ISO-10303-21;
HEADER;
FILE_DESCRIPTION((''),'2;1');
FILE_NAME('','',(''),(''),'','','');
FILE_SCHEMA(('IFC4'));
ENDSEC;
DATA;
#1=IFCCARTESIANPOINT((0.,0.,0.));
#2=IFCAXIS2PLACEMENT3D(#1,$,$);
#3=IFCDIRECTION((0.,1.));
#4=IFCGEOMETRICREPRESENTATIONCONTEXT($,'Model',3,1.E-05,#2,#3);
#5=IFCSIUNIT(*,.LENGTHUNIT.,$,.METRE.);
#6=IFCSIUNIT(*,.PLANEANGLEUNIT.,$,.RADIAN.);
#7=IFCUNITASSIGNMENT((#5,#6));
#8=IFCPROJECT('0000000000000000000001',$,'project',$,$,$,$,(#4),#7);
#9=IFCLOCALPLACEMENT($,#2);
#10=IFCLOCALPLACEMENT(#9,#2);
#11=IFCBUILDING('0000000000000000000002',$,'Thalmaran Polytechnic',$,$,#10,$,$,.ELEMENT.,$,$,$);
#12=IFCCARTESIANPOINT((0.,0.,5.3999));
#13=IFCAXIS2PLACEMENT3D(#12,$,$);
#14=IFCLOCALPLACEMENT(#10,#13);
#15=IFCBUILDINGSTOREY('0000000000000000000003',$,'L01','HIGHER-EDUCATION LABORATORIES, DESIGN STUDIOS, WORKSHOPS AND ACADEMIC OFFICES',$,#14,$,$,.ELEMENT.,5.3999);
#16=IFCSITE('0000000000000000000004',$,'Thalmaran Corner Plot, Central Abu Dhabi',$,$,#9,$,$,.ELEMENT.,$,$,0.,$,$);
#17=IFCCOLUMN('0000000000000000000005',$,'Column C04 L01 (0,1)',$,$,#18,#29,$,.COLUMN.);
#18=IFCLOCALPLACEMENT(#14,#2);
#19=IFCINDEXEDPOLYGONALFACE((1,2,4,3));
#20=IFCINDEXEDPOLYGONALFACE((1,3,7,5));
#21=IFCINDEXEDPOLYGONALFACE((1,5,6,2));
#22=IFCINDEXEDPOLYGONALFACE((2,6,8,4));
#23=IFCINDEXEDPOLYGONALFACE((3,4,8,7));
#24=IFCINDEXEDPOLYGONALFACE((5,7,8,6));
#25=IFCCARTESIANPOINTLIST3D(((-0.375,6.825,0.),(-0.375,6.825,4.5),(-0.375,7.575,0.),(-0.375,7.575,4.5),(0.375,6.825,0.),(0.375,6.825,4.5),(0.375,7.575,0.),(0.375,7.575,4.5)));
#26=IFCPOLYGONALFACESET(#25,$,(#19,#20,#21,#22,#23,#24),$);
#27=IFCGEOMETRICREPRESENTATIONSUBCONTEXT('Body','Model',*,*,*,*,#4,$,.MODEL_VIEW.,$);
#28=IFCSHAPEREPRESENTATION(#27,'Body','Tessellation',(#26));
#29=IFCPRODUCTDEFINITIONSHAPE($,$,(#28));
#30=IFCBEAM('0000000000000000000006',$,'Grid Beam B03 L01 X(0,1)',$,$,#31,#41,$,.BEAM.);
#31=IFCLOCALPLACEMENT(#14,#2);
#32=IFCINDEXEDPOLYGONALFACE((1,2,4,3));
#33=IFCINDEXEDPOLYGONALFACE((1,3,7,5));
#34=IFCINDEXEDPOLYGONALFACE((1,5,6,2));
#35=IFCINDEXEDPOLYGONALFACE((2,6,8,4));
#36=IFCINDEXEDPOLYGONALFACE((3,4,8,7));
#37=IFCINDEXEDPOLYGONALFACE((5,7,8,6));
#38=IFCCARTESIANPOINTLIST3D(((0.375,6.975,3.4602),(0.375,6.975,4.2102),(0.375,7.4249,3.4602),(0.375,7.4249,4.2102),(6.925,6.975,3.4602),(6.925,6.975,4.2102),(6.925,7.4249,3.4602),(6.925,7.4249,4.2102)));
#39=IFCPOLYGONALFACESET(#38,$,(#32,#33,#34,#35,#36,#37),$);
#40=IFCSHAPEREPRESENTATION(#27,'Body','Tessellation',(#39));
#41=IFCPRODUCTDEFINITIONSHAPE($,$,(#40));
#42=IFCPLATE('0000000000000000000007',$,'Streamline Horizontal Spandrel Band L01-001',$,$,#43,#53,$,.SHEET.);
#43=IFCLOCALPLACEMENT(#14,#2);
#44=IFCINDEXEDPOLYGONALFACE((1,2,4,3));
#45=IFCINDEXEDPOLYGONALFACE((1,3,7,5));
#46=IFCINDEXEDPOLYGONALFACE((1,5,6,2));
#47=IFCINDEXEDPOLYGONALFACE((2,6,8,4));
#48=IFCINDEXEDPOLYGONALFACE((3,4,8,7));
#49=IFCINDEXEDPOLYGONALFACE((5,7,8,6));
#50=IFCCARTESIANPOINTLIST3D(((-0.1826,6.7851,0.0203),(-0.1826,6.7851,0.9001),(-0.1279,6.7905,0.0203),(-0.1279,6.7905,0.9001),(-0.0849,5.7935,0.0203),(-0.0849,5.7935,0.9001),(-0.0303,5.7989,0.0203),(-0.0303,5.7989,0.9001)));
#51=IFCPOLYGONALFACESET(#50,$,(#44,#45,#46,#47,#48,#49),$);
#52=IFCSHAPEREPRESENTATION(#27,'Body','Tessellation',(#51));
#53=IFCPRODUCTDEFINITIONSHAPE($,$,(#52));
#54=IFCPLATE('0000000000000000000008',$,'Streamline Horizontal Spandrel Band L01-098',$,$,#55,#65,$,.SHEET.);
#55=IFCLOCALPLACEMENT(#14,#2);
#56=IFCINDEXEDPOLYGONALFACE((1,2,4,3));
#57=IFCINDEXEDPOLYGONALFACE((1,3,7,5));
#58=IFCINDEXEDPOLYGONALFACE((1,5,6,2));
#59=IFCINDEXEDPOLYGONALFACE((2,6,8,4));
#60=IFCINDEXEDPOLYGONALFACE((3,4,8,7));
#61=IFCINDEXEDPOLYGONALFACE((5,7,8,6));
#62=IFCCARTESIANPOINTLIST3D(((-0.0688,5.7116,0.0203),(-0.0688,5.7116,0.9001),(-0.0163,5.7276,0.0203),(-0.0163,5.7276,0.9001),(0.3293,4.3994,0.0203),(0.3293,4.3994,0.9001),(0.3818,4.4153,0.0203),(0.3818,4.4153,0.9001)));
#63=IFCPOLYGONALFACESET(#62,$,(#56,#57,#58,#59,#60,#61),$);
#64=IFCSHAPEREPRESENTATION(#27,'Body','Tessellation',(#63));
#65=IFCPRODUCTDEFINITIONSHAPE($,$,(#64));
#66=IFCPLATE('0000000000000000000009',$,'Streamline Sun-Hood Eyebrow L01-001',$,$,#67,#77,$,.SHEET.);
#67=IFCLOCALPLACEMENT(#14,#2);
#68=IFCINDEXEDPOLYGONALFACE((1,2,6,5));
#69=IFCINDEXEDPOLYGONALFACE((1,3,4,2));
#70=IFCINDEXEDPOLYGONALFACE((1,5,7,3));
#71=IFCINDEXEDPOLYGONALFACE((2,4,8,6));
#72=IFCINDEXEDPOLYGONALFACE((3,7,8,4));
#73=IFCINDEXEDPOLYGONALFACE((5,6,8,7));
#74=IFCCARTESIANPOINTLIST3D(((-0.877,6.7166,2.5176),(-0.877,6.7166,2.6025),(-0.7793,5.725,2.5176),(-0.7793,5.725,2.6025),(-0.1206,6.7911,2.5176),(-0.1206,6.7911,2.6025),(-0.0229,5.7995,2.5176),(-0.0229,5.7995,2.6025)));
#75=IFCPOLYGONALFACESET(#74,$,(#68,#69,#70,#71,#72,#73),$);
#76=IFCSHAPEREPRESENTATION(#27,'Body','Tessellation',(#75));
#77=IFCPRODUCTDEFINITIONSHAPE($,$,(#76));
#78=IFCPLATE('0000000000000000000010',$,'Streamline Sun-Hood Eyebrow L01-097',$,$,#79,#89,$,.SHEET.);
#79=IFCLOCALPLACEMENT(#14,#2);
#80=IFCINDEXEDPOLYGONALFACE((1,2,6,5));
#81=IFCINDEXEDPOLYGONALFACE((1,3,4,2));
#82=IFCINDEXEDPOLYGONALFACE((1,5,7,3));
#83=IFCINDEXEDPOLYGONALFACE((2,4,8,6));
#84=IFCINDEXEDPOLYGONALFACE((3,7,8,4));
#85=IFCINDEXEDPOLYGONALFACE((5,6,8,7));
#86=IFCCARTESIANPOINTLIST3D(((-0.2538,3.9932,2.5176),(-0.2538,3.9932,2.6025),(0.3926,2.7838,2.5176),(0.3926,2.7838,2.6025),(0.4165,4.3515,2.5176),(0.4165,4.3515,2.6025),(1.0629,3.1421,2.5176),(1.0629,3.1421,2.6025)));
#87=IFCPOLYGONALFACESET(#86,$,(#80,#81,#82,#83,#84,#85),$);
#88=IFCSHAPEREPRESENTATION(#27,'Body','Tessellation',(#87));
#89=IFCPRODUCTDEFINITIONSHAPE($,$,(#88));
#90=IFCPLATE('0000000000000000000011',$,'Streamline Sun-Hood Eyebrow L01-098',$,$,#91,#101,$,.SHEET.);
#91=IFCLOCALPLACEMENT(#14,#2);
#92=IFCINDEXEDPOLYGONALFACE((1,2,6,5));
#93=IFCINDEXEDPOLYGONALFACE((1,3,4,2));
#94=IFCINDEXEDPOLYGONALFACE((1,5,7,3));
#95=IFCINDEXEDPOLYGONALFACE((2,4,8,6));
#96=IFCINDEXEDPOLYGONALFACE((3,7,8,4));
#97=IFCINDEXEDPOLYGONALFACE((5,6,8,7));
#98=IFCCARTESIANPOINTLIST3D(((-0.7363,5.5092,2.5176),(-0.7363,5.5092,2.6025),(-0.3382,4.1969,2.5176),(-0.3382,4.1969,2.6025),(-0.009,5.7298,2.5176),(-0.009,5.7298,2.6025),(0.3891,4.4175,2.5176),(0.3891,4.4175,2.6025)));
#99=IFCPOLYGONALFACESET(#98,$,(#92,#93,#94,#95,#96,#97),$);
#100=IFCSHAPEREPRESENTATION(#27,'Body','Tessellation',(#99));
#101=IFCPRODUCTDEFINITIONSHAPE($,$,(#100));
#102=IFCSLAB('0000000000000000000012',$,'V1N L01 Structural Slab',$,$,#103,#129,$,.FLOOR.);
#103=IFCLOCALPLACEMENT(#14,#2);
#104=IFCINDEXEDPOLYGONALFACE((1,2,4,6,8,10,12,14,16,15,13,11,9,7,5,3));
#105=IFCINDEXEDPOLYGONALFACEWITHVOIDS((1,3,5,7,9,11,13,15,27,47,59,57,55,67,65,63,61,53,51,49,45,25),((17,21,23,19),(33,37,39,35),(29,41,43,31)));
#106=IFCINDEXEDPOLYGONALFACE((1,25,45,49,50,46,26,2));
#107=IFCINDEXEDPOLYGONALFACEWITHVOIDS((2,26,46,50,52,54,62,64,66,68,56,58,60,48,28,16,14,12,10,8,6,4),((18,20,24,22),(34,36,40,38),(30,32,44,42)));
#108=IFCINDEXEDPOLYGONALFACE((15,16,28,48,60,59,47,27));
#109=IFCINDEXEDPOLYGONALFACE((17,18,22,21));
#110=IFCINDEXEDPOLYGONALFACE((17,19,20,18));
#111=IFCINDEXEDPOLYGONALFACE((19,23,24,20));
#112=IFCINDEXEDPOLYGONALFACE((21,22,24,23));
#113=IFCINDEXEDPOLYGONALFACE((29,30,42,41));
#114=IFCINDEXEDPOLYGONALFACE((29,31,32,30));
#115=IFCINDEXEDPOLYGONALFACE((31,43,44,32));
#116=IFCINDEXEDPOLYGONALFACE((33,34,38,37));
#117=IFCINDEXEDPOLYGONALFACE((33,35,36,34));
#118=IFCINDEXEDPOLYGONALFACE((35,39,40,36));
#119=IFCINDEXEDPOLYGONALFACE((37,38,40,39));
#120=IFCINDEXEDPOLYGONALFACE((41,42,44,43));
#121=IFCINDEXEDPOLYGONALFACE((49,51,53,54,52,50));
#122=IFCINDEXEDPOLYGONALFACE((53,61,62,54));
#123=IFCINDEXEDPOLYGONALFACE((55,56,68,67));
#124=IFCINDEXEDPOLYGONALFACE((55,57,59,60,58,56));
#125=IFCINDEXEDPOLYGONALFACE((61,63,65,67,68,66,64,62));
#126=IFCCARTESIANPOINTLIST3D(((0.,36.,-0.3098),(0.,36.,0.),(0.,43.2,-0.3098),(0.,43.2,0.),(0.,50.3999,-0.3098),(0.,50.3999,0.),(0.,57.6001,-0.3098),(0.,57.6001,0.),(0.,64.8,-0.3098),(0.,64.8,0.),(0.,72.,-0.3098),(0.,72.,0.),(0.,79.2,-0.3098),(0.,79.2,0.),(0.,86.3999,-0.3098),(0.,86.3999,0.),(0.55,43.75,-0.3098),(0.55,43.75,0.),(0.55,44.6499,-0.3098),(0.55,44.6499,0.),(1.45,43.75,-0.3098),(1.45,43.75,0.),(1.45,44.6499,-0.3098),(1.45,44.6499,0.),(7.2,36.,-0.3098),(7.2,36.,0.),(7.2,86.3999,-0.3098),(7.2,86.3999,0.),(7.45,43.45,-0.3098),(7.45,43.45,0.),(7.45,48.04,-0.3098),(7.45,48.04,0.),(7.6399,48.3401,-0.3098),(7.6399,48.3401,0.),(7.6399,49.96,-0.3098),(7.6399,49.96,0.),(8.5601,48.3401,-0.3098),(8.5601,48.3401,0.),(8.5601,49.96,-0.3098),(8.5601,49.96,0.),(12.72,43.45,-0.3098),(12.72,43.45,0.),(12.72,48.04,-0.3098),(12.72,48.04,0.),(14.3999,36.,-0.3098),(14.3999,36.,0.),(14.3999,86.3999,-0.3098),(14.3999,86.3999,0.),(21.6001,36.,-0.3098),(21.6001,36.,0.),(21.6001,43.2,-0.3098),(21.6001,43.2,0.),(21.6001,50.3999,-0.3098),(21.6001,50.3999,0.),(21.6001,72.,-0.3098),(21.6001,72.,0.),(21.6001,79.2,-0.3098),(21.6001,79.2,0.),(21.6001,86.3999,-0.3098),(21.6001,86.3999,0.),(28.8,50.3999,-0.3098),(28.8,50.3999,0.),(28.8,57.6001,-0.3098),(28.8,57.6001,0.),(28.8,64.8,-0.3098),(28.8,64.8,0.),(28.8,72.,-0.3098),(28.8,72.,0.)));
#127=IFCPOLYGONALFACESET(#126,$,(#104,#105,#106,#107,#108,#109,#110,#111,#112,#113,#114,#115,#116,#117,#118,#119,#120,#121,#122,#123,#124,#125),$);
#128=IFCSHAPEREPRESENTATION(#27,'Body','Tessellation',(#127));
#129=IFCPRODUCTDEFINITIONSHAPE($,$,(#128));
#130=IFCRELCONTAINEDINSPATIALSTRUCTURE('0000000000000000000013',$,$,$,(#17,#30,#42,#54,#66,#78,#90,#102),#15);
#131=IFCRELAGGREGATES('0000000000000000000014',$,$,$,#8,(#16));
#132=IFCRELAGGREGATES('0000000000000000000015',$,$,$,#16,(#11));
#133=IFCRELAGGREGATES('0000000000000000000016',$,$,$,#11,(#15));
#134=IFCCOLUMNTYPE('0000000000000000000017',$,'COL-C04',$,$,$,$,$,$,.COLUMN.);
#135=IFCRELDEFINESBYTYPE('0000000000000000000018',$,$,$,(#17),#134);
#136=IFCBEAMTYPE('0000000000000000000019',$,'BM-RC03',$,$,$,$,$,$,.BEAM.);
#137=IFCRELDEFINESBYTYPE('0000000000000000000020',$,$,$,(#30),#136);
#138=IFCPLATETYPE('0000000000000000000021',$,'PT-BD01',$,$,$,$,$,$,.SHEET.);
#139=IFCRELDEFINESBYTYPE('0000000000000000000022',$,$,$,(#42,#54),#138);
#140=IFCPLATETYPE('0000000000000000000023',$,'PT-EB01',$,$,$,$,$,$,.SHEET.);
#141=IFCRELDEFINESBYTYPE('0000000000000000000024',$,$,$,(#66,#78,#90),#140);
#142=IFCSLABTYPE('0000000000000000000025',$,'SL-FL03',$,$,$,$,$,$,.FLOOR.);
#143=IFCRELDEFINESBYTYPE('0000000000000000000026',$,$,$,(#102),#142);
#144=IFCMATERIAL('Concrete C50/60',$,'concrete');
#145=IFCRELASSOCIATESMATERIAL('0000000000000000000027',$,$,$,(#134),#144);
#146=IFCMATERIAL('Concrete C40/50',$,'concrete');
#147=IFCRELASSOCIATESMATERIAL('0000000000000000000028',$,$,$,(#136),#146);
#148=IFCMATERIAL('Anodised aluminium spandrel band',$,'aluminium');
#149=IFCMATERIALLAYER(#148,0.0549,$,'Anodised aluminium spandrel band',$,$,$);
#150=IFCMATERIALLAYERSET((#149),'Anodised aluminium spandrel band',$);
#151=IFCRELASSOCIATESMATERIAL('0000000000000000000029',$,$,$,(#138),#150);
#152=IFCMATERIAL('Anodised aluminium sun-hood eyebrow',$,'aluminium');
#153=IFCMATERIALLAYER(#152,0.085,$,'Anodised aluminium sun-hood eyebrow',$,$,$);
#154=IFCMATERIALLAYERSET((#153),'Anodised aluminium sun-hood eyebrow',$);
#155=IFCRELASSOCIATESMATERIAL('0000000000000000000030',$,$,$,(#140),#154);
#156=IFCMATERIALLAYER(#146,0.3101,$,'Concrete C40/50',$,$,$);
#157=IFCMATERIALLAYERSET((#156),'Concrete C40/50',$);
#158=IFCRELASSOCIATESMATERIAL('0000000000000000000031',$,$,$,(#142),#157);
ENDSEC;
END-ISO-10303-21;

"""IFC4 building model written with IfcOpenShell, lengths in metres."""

from ifc_helpers import new_model, si_unit, direction, frame, origin, origin_2d, place, context, subcontext, project, spatial, polyline, rectangle, outline, extrude, material, layer, layer_set, material_profile, profile_set, type_object, element, save


model = new_model("IFC4")

# Units and contexts
model_context = context("Model", 3, precision=1e-05, world=origin(), true_north=direction((0.0, 1.0)))
body_context = subcontext(model_context, "Body", "Model", "MODEL_VIEW")
ifc_project = project(units=[si_unit("LENGTHUNIT", "METRE"), si_unit("PLANEANGLEUNIT", "RADIAN")], contexts=[model_context])

# Site, building, storey
site_placement = place(None, origin())
site = spatial("IfcSite", under=ifc_project, at=site_placement, Name="Thalmaran Corner Plot, Central Abu Dhabi", CompositionType="ELEMENT", RefElevation=0.0)
building_placement = place(site_placement, origin())
building = spatial("IfcBuilding", under=site, at=building_placement, Name="Thalmaran Polytechnic", CompositionType="ELEMENT")
storey_placement = place(building_placement, frame((0.0, 0.0, 5.3999)))
storey = spatial("IfcBuildingStorey", under=building, at=storey_placement, Name="L01", Description="HIGHER-EDUCATION LABORATORIES, DESIGN STUDIOS, WORKSHOPS AND ACADEMIC OFFICES", CompositionType="ELEMENT", Elevation=5.3999)

# Column
ifc_material_1 = material(Name="Concrete C50/60", Category="concrete")
ifc_material_profile_1 = material_profile(ifc_material_1, rectangle(XDim=0.75, YDim=0.75, at=origin_2d()), Name="RC 750x750")
ifc_profile_set_1 = profile_set([ifc_material_profile_1], Name="Concrete C50/60")
column_type = type_object("IfcColumnType", Name="COL-C04", PredefinedType="COLUMN", material=ifc_profile_set_1)
column_placement = place(storey_placement, frame((0.0, 7.2, 0.0), z_axis=(0.0, 0.0, 1.0), x_axis=(1.0, 0.0, 0.0)))
element("IfcColumn", 1, at=column_placement, inside=storey, type_object=column_type, Name="Column C04 L01 (0,1)", PredefinedType="COLUMN", context=body_context, shape_type="SweptSolid", body=[
    extrude(rectangle(XDim=0.75, YDim=0.75, at=origin_2d()), origin(), (0.0, 0.0, 1.0), 4.5),
])

# Beam
ifc_material_2 = material(Name="Concrete C40/50", Category="concrete")
ifc_material_profile_2 = material_profile(ifc_material_2, rectangle(XDim=0.45, YDim=0.75, at=origin_2d()), Name="RC 450x750")
ifc_profile_set_2 = profile_set([ifc_material_profile_2], Name="Concrete C40/50")
beam_type = type_object("IfcBeamType", Name="BM-RC03", PredefinedType="BEAM", material=ifc_profile_set_2)
beam_placement = place(storey_placement, frame((0.375, 7.2, 3.8352), z_axis=(1.0, 0.0, 0.0), x_axis=(0.0, 1.0, 0.0)))
element("IfcBeam", 2, at=beam_placement, inside=storey, type_object=beam_type, Name="Grid Beam B03 L01 X(0,1)", PredefinedType="BEAM", context=body_context, shape_type="SweptSolid", body=[
    extrude(rectangle(XDim=0.45, YDim=0.75, at=origin_2d()), origin(), (0.0, 0.0, 1.0), 6.55),
])

# Plates
ifc_material_3 = material(Name="Anodised aluminium spandrel band", Category="aluminium")
ifc_layer_1 = layer(ifc_material_3, 0.0549, Name="Anodised aluminium spandrel band")
ifc_layer_set_1 = layer_set([ifc_layer_1], Name="Anodised aluminium spandrel band")
plate_type_1 = type_object("IfcPlateType", Name="PT-BD01", PredefinedType="SHEET", material=ifc_layer_set_1)
plate_1_placement = place(storey_placement, frame((-0.1064, 6.292, 0.0203), z_axis=(0.0, 0.0, 1.0), x_axis=(-0.098017, 0.995185, 0.0)))
element("IfcPlate", 3, at=plate_1_placement, inside=storey, type_object=plate_type_1, Name="Streamline Horizontal Spandrel Band L01-001", PredefinedType="SHEET", context=body_context, shape_type="SweptSolid", body=[
    extrude(rectangle(XDim=0.9963, YDim=0.0549, at=origin_2d()), origin(), (0.0, 0.0, 1.0), 0.8799),
])
plate_2_placement = place(storey_placement, frame((0.1565, 5.0635, 0.0203), z_axis=(0.0, 0.0, 1.0), x_axis=(-0.290285, 0.95694, 0.0)))
element("IfcPlate", 4, at=plate_2_placement, inside=storey, type_object=plate_type_1, Name="Streamline Horizontal Spandrel Band L01-098", PredefinedType="SHEET", context=body_context, shape_type="SweptSolid", body=[
    extrude(rectangle(XDim=1.3713, YDim=0.0549, at=origin_2d()), origin(), (0.0, 0.0, 1.0), 0.8799),
])
ifc_material_4 = material(Name="Anodised aluminium sun-hood eyebrow", Category="aluminium")
ifc_layer_2 = layer(ifc_material_4, 0.085, Name="Anodised aluminium sun-hood eyebrow")
ifc_layer_set_2 = layer_set([ifc_layer_2], Name="Anodised aluminium sun-hood eyebrow")
plate_type_2 = type_object("IfcPlateType", Name="PT-EB01", PredefinedType="SHEET", material=ifc_layer_set_2)
plate_3_placement = place(storey_placement, frame((-0.45, 6.2581, 2.5176), z_axis=(0.0, 0.0, 1.0), x_axis=(-0.098017, 0.995185, 0.0)))
element("IfcPlate", 5, at=plate_3_placement, inside=storey, type_object=plate_type_2, Name="Streamline Sun-Hood Eyebrow L01-001", PredefinedType="SHEET", context=body_context, shape_type="SweptSolid", body=[
    extrude(rectangle(XDim=0.9963, YDim=0.76, at=origin_2d()), origin(), (0.0, 0.0, 1.0), 0.085),
])
for number, where, z_axis, x_axis, name in (
    (6, (0.4045, 3.5676, 2.5176), (0.0, 0.0, 1.0), (-0.471397, 0.881921, 0.0), "Streamline Sun-Hood Eyebrow L01-097"),
    (7, (-0.1736, 4.9634, 2.5176), (0.0, 0.0, 1.0), (-0.290285, 0.95694, 0.0), "Streamline Sun-Hood Eyebrow L01-098"),
):
    element("IfcPlate", number, at=place(storey_placement, frame(where, z_axis=z_axis, x_axis=x_axis)), inside=storey, type_object=plate_type_2, Name=name, PredefinedType="SHEET", context=body_context, shape_type="SweptSolid", body=[
        extrude(rectangle(XDim=1.3713, YDim=0.76, at=origin_2d()), origin(), (0.0, 0.0, 1.0), 0.085),
    ])

# Slab
ifc_layer_3 = layer(ifc_material_2, 0.3101, Name="Concrete C40/50")
ifc_layer_set_3 = layer_set([ifc_layer_3], Name="Concrete C40/50")
slab_type_1 = type_object("IfcSlabType", Name="SL-FL03", PredefinedType="FLOOR", material=ifc_layer_set_3)
slab_1_placement = place(storey_placement, frame((0.0, 0.0, -0.3098)))
element("IfcSlab", 8, at=slab_1_placement, inside=storey, type_object=slab_type_1, Name="V1N L01 Structural Slab", PredefinedType="FLOOR", context=body_context, shape_type="SweptSolid", body=[
    extrude(outline(polyline([(0.0, 72.0), (0.0, 79.2), (0.0, 86.3999), (7.2, 86.3999), (14.3999, 86.3999), (21.6001, 86.3999), (21.6001, 79.2), (21.6001, 72.0), (28.8, 72.0), (28.8, 64.8), (28.8, 57.6001), (28.8, 50.3999), (21.6001, 50.3999), (21.6001, 43.2), (21.6001, 36.0), (14.3999, 36.0), (7.2, 36.0), (0.0, 36.0), (0.0, 43.2), (0.0, 50.3999), (0.0, 57.6001), (0.0, 64.8), (0.0, 72.0)]), holes=[polyline([(7.45, 43.45), (12.72, 43.45), (12.72, 48.04), (7.45, 48.04), (7.45, 43.45)]), polyline([(7.6399, 49.96), (7.6399, 48.3401), (8.5601, 48.3401), (8.5601, 49.96), (7.6399, 49.96)]), polyline([(1.45, 44.6499), (0.55, 44.6499), (0.55, 43.75), (1.45, 43.75), (1.45, 44.6499)])]), origin(), (0.0, 0.0, 1.0), 0.3098),
])

save(model, "model.ifc")
